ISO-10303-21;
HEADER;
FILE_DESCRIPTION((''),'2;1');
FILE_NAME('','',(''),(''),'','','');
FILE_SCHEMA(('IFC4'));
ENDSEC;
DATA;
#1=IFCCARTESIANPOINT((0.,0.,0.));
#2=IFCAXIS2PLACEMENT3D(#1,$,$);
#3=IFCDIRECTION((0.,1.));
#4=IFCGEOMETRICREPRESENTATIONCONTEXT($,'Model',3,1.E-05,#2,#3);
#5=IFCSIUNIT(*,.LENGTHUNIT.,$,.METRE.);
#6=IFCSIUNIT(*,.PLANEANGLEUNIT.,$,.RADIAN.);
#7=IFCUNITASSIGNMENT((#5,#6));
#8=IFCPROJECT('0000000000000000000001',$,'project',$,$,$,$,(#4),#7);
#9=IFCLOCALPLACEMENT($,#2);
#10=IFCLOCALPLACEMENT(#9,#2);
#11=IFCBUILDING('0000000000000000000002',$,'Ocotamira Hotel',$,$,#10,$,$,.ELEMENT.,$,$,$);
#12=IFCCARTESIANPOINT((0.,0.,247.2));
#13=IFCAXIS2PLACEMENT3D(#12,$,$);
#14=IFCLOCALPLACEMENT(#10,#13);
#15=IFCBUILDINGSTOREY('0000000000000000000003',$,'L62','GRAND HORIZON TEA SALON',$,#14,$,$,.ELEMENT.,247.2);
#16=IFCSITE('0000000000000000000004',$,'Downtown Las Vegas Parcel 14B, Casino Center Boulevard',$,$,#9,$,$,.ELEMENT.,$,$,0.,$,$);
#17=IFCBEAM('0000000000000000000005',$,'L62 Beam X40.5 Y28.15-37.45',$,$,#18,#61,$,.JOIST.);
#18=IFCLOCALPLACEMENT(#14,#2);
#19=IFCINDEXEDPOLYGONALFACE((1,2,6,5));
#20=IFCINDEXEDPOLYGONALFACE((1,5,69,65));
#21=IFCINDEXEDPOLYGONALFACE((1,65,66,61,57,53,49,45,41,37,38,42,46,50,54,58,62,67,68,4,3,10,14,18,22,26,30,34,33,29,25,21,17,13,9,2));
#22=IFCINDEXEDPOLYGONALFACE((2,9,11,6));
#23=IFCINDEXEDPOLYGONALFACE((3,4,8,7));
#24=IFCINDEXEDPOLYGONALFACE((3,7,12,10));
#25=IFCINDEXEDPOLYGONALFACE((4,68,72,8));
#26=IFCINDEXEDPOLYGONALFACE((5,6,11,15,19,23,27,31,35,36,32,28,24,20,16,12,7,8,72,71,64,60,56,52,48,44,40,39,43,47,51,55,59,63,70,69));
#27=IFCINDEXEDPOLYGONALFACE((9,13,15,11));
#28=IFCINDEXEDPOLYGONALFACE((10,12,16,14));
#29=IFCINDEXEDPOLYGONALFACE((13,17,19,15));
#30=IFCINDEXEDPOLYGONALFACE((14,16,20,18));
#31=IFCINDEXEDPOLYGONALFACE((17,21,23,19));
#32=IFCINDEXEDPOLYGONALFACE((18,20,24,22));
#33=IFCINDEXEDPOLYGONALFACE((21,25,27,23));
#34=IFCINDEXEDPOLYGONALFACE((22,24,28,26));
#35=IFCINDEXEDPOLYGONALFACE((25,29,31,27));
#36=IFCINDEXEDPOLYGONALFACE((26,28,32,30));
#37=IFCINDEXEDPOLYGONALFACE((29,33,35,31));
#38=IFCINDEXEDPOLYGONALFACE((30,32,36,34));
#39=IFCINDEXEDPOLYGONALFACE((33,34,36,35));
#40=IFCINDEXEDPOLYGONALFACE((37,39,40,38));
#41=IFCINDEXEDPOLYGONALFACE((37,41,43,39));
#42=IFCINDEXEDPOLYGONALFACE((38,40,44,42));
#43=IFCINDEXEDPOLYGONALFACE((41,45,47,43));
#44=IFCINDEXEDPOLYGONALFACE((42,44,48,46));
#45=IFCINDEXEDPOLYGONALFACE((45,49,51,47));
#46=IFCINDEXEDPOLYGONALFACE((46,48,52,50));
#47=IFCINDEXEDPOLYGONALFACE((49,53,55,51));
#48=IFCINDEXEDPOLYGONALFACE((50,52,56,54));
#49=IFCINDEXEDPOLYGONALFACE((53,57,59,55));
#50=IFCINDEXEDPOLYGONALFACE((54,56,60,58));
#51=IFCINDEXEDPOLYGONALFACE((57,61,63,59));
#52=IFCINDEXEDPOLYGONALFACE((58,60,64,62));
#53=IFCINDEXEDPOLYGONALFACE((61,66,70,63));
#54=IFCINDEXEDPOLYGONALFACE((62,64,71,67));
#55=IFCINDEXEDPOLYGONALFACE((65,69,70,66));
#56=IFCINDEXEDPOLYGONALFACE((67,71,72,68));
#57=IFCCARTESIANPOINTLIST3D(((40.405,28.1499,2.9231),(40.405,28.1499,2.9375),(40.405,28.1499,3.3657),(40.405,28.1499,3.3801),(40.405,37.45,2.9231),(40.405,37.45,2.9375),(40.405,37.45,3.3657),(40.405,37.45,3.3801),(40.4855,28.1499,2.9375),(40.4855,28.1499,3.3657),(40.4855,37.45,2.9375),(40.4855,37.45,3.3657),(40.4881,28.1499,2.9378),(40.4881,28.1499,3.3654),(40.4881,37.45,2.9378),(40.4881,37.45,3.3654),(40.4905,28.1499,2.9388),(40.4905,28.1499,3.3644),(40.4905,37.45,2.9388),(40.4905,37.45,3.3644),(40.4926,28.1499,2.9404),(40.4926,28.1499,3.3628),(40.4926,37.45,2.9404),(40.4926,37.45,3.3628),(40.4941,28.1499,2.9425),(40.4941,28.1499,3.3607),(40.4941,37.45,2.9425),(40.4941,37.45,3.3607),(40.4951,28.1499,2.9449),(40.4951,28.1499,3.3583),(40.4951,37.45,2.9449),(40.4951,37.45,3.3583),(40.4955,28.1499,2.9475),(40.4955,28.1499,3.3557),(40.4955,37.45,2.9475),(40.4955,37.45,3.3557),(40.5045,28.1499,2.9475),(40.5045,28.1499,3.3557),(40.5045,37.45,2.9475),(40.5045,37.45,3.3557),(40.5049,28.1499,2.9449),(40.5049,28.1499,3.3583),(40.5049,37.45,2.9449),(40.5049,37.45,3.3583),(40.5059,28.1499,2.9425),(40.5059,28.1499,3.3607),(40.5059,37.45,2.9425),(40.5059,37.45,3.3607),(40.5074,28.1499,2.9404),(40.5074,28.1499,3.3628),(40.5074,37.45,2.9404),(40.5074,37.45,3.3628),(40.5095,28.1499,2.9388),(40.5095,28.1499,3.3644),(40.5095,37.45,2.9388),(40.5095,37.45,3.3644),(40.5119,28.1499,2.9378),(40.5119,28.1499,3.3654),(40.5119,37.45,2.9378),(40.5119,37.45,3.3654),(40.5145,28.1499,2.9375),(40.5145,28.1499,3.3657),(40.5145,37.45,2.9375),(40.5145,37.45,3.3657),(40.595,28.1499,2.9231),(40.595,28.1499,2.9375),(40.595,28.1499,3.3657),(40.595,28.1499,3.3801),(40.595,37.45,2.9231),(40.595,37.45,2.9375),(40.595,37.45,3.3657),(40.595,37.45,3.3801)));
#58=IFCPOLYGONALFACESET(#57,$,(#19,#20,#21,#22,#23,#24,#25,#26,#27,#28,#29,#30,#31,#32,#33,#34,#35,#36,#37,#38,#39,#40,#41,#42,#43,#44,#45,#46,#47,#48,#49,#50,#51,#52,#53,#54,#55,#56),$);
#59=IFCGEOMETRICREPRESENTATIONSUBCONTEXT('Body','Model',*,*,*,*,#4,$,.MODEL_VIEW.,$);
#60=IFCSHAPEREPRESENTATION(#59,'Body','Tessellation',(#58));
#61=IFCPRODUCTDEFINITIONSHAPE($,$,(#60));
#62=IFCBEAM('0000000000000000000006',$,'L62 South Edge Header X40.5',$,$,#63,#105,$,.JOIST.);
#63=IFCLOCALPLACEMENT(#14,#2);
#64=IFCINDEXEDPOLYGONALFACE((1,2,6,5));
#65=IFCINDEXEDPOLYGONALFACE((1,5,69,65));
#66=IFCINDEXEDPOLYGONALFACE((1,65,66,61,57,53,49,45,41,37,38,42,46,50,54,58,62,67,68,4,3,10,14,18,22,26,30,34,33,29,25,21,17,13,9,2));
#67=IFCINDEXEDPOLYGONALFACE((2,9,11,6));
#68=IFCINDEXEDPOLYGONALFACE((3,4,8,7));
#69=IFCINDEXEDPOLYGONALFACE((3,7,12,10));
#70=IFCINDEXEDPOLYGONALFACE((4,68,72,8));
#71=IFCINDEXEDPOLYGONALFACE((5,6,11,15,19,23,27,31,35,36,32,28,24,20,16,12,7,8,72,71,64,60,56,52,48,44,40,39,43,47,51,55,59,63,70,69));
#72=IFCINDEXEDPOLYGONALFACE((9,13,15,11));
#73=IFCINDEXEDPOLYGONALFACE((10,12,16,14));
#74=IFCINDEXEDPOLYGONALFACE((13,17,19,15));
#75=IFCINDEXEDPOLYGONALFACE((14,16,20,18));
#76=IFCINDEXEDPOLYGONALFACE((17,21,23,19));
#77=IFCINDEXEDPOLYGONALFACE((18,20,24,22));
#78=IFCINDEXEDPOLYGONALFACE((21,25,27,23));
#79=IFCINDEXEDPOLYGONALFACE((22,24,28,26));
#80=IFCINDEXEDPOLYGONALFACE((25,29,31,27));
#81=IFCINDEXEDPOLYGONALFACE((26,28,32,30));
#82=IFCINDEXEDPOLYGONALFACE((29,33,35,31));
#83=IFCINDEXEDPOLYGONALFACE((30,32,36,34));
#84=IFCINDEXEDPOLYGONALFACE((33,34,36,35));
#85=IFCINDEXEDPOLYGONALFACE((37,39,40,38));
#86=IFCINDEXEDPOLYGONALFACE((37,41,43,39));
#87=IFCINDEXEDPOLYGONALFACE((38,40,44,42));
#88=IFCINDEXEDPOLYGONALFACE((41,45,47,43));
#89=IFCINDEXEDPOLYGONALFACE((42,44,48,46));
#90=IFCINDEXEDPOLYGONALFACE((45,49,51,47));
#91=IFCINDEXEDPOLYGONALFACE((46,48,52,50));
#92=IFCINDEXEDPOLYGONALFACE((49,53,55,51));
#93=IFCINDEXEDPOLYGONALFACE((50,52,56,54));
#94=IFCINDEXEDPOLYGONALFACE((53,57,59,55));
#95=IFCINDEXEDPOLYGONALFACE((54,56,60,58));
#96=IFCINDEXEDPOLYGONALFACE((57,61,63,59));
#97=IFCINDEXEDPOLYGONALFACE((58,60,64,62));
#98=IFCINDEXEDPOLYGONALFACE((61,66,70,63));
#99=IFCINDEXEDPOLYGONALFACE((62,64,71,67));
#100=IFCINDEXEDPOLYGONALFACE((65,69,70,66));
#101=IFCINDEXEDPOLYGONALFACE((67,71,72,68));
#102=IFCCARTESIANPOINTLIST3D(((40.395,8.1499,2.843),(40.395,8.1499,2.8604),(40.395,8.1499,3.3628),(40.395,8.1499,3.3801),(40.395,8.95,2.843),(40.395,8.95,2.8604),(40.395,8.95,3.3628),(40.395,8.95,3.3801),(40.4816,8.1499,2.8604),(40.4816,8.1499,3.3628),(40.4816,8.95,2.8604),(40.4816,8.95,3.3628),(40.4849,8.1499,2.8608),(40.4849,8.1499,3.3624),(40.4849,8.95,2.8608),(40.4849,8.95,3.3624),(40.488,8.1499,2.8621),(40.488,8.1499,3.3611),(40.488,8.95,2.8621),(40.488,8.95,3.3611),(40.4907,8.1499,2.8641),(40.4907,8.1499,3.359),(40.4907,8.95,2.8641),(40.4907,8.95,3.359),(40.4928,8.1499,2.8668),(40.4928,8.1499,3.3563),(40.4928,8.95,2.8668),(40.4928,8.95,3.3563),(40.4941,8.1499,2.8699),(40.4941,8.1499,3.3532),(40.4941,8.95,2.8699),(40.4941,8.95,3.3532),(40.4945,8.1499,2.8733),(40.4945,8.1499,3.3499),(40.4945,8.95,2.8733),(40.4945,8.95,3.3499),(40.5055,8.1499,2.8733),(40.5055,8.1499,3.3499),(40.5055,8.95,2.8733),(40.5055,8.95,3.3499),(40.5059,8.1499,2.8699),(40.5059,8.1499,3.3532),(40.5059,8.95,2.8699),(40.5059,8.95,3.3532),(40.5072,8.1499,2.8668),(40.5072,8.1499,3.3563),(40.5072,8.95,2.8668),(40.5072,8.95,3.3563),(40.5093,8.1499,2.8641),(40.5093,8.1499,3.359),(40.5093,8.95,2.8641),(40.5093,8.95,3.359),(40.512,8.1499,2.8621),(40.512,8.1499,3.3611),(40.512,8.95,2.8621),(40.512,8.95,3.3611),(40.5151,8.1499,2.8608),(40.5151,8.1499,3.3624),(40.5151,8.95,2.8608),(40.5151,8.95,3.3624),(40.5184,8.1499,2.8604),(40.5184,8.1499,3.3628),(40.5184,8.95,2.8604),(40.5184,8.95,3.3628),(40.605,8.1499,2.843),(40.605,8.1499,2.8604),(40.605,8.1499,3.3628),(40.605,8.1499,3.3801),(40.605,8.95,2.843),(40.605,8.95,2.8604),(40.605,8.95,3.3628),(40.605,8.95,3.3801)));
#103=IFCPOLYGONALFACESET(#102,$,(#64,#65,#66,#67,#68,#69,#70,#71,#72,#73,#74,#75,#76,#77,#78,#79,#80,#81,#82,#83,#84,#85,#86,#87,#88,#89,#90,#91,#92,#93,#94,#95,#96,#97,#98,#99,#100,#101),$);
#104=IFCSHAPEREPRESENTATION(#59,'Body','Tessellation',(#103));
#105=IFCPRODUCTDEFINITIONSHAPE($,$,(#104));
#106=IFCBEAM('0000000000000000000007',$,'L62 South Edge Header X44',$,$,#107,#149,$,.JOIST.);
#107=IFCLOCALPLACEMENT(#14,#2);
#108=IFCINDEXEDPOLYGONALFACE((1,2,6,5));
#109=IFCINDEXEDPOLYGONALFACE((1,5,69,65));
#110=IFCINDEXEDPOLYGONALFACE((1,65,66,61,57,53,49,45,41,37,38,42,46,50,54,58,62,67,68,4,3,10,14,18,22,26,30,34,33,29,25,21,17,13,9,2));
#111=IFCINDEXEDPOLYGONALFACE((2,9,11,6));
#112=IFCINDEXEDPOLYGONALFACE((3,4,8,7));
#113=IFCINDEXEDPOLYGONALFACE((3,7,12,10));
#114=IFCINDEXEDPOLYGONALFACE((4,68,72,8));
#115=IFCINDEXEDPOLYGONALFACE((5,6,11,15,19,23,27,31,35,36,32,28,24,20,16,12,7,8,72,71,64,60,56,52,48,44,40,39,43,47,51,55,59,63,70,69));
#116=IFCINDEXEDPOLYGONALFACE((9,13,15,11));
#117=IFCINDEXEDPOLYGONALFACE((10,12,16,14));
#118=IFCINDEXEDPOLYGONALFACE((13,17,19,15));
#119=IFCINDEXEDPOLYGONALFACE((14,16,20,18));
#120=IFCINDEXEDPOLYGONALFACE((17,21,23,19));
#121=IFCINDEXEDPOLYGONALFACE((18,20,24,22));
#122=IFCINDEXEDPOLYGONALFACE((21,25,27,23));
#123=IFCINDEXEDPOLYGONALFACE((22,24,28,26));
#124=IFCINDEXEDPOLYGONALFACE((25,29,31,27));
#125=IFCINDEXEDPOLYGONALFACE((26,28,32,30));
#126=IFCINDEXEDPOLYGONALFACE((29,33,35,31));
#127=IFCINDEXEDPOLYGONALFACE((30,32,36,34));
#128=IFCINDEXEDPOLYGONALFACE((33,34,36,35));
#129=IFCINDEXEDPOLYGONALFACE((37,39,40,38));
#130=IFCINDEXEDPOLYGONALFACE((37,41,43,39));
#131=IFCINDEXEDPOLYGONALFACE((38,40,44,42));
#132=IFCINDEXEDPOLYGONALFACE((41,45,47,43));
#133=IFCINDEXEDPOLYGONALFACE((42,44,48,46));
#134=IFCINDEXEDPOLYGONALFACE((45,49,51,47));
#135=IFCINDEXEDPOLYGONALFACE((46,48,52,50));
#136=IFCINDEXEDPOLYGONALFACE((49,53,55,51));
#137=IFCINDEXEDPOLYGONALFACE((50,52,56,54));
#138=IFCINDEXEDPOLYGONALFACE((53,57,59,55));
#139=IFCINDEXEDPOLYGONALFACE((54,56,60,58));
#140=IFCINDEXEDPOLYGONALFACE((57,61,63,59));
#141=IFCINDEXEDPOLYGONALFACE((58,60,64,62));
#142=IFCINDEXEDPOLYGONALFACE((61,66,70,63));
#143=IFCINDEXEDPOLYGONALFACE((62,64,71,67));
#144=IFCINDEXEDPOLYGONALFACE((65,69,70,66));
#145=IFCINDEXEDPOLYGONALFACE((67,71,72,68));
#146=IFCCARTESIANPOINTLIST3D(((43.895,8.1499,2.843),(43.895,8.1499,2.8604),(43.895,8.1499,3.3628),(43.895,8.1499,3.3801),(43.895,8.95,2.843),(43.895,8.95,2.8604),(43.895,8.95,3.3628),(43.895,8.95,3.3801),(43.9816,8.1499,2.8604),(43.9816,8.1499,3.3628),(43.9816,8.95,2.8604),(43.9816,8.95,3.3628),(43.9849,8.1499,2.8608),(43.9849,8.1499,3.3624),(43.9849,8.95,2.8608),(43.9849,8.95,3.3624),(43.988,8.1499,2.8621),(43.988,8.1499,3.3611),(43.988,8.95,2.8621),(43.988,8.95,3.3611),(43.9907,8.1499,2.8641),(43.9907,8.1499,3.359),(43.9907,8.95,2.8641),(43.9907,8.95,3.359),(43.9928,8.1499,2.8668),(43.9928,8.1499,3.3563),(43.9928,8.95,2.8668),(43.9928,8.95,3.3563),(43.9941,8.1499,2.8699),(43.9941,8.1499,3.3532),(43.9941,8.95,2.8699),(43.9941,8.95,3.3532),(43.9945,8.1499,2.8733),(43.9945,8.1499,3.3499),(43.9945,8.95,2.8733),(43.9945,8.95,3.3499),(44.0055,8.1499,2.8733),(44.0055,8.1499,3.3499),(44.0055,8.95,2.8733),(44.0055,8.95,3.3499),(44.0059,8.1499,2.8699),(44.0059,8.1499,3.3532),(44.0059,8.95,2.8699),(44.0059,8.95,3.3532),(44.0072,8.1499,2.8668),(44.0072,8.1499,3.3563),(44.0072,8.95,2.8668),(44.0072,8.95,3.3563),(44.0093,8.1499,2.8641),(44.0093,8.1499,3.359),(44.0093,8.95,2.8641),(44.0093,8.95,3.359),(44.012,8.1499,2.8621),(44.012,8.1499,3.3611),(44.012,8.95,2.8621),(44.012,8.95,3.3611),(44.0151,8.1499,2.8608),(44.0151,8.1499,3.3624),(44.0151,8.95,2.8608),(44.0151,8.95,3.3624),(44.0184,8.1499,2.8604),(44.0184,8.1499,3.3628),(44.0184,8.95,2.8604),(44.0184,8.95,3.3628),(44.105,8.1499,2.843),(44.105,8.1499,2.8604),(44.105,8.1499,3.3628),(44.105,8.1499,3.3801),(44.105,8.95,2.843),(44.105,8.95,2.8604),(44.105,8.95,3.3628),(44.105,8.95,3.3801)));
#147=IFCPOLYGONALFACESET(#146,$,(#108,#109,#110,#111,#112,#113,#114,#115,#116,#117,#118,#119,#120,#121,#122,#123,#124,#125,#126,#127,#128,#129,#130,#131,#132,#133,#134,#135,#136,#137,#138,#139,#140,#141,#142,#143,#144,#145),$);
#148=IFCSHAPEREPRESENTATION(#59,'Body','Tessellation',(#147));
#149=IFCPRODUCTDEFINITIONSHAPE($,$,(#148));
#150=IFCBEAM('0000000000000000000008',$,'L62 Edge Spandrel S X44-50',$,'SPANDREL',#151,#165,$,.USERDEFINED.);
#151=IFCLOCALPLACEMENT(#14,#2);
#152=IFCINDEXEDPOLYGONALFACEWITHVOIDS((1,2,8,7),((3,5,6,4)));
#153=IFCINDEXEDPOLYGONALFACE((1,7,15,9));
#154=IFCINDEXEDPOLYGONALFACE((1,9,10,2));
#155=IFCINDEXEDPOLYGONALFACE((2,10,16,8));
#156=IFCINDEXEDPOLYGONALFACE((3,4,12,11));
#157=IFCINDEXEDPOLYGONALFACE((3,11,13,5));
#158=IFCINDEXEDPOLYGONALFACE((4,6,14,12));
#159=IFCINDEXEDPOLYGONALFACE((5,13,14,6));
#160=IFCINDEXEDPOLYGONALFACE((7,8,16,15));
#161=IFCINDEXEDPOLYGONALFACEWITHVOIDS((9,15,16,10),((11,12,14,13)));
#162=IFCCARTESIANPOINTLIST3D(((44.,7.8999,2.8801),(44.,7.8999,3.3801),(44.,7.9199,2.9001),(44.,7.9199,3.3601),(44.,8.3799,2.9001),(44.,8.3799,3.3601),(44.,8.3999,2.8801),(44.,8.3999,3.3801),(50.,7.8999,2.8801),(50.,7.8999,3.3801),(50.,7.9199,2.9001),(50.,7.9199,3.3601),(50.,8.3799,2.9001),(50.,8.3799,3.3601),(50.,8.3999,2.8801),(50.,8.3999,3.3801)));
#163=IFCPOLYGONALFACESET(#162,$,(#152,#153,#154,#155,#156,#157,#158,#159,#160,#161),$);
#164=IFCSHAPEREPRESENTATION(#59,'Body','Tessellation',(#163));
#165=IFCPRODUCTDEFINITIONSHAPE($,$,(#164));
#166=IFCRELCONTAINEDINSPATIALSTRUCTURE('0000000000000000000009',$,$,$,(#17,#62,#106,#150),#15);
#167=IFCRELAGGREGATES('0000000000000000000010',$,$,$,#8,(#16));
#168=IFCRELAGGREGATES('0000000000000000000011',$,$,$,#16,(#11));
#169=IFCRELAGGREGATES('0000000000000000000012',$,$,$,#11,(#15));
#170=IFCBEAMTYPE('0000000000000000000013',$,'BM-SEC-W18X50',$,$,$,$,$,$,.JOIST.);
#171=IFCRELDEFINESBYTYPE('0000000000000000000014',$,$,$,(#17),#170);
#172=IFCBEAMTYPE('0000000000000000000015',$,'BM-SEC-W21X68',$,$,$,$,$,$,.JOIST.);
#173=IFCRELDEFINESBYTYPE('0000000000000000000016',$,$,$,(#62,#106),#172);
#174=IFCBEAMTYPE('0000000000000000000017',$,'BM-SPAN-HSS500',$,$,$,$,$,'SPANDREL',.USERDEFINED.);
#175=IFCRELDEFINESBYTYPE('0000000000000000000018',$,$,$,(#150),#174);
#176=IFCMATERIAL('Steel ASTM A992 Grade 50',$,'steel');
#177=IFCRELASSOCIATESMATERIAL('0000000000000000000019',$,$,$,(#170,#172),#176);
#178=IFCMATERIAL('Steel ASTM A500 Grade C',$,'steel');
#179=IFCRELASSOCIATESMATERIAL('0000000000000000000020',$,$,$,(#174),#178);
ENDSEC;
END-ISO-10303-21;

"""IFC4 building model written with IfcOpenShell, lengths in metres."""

from ifc_helpers import new_model, si_unit, direction, frame, origin, origin_2d, place, context, subcontext, project, spatial, hollow_rectangle, i_section, extrude, source, transform, mapped, material, material_profile, profile_set, type_object, element, save


model = new_model("IFC4")

# Units and contexts
model_context = context("Model", 3, precision=1e-05, world=origin(), true_north=direction((0.0, 1.0)))
body_context = subcontext(model_context, "Body", "Model", "MODEL_VIEW")
ifc_project = project(units=[si_unit("LENGTHUNIT", "METRE"), si_unit("PLANEANGLEUNIT", "RADIAN")], contexts=[model_context])

# Site, building, storey
site_placement = place(None, origin())
site = spatial("IfcSite", under=ifc_project, at=site_placement, Name="Downtown Las Vegas Parcel 14B, Casino Center Boulevard", CompositionType="ELEMENT", RefElevation=0.0)
building_placement = place(site_placement, origin())
building = spatial("IfcBuilding", under=site, at=building_placement, Name="Ocotamira Hotel", CompositionType="ELEMENT")
storey_placement = place(building_placement, frame((0.0, 0.0, 247.2)))
storey = spatial("IfcBuildingStorey", under=building, at=storey_placement, Name="L62", Description="GRAND HORIZON TEA SALON", CompositionType="ELEMENT", Elevation=247.2)

# Shared definitions
ifc_material_1 = material(Name="Steel ASTM A992 Grade 50", Category="steel")

# Beams
ifc_material_profile_1 = material_profile(ifc_material_1, i_section(OverallWidth=0.1899, OverallDepth=0.457, WebThickness=0.009, FlangeThickness=0.0144, FilletRadius=0.01, at=origin_2d()), Name="W18X50")
ifc_profile_set_1 = profile_set([ifc_material_profile_1], Name="Steel ASTM A992 Grade 50")
beam_type_1 = type_object("IfcBeamType", Name="BM-SEC-W18X50", PredefinedType="JOIST", material=ifc_profile_set_1)
shared_shape_1 = source(origin(), body_context, "Body", "SweptSolid", [
    extrude(i_section(OverallWidth=0.1899, OverallDepth=0.457, WebThickness=0.009, FlangeThickness=0.0144, FilletRadius=0.01, at=origin_2d()), origin(), (0.0, 0.0, 1.0), 9.3),
])
beam_1_placement = place(storey_placement, frame((40.5, 28.1499, 3.1516), z_axis=(0.0, 1.0, 0.0), x_axis=(-1.0, 0.0, 0.0)))
element("IfcBeam", 1, at=beam_1_placement, inside=storey, type_object=beam_type_1, Name="L62 Beam X40.5 Y28.15-37.45", PredefinedType="JOIST", context=body_context, shape_type="MappedRepresentation", body=[
    mapped(shared_shape_1, transform((0.0, 0.0, 0.0), scale=1.0)),
])
ifc_material_profile_2 = material_profile(ifc_material_1, i_section(OverallWidth=0.21, OverallDepth=0.5371, WebThickness=0.011, FlangeThickness=0.0173, FilletRadius=0.0129, at=origin_2d()), Name="W21X68")
ifc_profile_set_2 = profile_set([ifc_material_profile_2], Name="Steel ASTM A992 Grade 50")
beam_type_2 = type_object("IfcBeamType", Name="BM-SEC-W21X68", PredefinedType="JOIST", material=ifc_profile_set_2)
shared_shape_2 = source(origin(), body_context, "Body", "SweptSolid", [
    extrude(i_section(OverallWidth=0.21, OverallDepth=0.5371, WebThickness=0.011, FlangeThickness=0.0173, FilletRadius=0.0129, at=origin_2d()), origin(), (0.0, 0.0, 1.0), 0.8),
])
for number, where, z_axis, x_axis, name in (
    (2, (40.5, 8.95, 3.1116), (0.0, -1.0, 0.0), (1.0, 0.0, 0.0), "L62 South Edge Header X40.5"),
    (3, (44.0, 8.95, 3.1116), (0.0, -1.0, 0.0), (1.0, 0.0, 0.0), "L62 South Edge Header X44"),
):
    element("IfcBeam", number, at=place(storey_placement, frame(where, z_axis=z_axis, x_axis=x_axis)), inside=storey, type_object=beam_type_2, Name=name, PredefinedType="JOIST", context=body_context, shape_type="MappedRepresentation", body=[
        mapped(shared_shape_2, transform((0.0, 0.0, 0.0), scale=1.0)),
    ])
ifc_material_2 = material(Name="Steel ASTM A500 Grade C", Category="steel")
ifc_material_profile_3 = material_profile(ifc_material_2, hollow_rectangle(XDim=0.5, YDim=0.5, WallThickness=0.02, at=origin_2d()), Name="HSS500X500X20")
ifc_profile_set_3 = profile_set([ifc_material_profile_3], Name="Steel ASTM A500 Grade C")
beam_type_3 = type_object("IfcBeamType", Name="BM-SPAN-HSS500", ElementType="SPANDREL", PredefinedType="USERDEFINED", material=ifc_profile_set_3)
shared_shape_3 = source(origin(), body_context, "Body", "SweptSolid", [
    extrude(hollow_rectangle(XDim=0.5, YDim=0.5, WallThickness=0.02, at=origin_2d()), origin(), (0.0, 0.0, 1.0), 6.0),
])
beam_2_placement = place(storey_placement, frame((44.0, 8.1499, 3.1301), z_axis=(1.0, 0.0, 0.0), x_axis=(0.0, 1.0, 0.0)))
element("IfcBeam", 4, at=beam_2_placement, inside=storey, type_object=beam_type_3, Name="L62 Edge Spandrel S X44-50", ObjectType="SPANDREL", PredefinedType="USERDEFINED", context=body_context, shape_type="MappedRepresentation", body=[
    mapped(shared_shape_3, transform((0.0, 0.0, 0.0), scale=1.0)),
])

save(model, "model.ifc")
